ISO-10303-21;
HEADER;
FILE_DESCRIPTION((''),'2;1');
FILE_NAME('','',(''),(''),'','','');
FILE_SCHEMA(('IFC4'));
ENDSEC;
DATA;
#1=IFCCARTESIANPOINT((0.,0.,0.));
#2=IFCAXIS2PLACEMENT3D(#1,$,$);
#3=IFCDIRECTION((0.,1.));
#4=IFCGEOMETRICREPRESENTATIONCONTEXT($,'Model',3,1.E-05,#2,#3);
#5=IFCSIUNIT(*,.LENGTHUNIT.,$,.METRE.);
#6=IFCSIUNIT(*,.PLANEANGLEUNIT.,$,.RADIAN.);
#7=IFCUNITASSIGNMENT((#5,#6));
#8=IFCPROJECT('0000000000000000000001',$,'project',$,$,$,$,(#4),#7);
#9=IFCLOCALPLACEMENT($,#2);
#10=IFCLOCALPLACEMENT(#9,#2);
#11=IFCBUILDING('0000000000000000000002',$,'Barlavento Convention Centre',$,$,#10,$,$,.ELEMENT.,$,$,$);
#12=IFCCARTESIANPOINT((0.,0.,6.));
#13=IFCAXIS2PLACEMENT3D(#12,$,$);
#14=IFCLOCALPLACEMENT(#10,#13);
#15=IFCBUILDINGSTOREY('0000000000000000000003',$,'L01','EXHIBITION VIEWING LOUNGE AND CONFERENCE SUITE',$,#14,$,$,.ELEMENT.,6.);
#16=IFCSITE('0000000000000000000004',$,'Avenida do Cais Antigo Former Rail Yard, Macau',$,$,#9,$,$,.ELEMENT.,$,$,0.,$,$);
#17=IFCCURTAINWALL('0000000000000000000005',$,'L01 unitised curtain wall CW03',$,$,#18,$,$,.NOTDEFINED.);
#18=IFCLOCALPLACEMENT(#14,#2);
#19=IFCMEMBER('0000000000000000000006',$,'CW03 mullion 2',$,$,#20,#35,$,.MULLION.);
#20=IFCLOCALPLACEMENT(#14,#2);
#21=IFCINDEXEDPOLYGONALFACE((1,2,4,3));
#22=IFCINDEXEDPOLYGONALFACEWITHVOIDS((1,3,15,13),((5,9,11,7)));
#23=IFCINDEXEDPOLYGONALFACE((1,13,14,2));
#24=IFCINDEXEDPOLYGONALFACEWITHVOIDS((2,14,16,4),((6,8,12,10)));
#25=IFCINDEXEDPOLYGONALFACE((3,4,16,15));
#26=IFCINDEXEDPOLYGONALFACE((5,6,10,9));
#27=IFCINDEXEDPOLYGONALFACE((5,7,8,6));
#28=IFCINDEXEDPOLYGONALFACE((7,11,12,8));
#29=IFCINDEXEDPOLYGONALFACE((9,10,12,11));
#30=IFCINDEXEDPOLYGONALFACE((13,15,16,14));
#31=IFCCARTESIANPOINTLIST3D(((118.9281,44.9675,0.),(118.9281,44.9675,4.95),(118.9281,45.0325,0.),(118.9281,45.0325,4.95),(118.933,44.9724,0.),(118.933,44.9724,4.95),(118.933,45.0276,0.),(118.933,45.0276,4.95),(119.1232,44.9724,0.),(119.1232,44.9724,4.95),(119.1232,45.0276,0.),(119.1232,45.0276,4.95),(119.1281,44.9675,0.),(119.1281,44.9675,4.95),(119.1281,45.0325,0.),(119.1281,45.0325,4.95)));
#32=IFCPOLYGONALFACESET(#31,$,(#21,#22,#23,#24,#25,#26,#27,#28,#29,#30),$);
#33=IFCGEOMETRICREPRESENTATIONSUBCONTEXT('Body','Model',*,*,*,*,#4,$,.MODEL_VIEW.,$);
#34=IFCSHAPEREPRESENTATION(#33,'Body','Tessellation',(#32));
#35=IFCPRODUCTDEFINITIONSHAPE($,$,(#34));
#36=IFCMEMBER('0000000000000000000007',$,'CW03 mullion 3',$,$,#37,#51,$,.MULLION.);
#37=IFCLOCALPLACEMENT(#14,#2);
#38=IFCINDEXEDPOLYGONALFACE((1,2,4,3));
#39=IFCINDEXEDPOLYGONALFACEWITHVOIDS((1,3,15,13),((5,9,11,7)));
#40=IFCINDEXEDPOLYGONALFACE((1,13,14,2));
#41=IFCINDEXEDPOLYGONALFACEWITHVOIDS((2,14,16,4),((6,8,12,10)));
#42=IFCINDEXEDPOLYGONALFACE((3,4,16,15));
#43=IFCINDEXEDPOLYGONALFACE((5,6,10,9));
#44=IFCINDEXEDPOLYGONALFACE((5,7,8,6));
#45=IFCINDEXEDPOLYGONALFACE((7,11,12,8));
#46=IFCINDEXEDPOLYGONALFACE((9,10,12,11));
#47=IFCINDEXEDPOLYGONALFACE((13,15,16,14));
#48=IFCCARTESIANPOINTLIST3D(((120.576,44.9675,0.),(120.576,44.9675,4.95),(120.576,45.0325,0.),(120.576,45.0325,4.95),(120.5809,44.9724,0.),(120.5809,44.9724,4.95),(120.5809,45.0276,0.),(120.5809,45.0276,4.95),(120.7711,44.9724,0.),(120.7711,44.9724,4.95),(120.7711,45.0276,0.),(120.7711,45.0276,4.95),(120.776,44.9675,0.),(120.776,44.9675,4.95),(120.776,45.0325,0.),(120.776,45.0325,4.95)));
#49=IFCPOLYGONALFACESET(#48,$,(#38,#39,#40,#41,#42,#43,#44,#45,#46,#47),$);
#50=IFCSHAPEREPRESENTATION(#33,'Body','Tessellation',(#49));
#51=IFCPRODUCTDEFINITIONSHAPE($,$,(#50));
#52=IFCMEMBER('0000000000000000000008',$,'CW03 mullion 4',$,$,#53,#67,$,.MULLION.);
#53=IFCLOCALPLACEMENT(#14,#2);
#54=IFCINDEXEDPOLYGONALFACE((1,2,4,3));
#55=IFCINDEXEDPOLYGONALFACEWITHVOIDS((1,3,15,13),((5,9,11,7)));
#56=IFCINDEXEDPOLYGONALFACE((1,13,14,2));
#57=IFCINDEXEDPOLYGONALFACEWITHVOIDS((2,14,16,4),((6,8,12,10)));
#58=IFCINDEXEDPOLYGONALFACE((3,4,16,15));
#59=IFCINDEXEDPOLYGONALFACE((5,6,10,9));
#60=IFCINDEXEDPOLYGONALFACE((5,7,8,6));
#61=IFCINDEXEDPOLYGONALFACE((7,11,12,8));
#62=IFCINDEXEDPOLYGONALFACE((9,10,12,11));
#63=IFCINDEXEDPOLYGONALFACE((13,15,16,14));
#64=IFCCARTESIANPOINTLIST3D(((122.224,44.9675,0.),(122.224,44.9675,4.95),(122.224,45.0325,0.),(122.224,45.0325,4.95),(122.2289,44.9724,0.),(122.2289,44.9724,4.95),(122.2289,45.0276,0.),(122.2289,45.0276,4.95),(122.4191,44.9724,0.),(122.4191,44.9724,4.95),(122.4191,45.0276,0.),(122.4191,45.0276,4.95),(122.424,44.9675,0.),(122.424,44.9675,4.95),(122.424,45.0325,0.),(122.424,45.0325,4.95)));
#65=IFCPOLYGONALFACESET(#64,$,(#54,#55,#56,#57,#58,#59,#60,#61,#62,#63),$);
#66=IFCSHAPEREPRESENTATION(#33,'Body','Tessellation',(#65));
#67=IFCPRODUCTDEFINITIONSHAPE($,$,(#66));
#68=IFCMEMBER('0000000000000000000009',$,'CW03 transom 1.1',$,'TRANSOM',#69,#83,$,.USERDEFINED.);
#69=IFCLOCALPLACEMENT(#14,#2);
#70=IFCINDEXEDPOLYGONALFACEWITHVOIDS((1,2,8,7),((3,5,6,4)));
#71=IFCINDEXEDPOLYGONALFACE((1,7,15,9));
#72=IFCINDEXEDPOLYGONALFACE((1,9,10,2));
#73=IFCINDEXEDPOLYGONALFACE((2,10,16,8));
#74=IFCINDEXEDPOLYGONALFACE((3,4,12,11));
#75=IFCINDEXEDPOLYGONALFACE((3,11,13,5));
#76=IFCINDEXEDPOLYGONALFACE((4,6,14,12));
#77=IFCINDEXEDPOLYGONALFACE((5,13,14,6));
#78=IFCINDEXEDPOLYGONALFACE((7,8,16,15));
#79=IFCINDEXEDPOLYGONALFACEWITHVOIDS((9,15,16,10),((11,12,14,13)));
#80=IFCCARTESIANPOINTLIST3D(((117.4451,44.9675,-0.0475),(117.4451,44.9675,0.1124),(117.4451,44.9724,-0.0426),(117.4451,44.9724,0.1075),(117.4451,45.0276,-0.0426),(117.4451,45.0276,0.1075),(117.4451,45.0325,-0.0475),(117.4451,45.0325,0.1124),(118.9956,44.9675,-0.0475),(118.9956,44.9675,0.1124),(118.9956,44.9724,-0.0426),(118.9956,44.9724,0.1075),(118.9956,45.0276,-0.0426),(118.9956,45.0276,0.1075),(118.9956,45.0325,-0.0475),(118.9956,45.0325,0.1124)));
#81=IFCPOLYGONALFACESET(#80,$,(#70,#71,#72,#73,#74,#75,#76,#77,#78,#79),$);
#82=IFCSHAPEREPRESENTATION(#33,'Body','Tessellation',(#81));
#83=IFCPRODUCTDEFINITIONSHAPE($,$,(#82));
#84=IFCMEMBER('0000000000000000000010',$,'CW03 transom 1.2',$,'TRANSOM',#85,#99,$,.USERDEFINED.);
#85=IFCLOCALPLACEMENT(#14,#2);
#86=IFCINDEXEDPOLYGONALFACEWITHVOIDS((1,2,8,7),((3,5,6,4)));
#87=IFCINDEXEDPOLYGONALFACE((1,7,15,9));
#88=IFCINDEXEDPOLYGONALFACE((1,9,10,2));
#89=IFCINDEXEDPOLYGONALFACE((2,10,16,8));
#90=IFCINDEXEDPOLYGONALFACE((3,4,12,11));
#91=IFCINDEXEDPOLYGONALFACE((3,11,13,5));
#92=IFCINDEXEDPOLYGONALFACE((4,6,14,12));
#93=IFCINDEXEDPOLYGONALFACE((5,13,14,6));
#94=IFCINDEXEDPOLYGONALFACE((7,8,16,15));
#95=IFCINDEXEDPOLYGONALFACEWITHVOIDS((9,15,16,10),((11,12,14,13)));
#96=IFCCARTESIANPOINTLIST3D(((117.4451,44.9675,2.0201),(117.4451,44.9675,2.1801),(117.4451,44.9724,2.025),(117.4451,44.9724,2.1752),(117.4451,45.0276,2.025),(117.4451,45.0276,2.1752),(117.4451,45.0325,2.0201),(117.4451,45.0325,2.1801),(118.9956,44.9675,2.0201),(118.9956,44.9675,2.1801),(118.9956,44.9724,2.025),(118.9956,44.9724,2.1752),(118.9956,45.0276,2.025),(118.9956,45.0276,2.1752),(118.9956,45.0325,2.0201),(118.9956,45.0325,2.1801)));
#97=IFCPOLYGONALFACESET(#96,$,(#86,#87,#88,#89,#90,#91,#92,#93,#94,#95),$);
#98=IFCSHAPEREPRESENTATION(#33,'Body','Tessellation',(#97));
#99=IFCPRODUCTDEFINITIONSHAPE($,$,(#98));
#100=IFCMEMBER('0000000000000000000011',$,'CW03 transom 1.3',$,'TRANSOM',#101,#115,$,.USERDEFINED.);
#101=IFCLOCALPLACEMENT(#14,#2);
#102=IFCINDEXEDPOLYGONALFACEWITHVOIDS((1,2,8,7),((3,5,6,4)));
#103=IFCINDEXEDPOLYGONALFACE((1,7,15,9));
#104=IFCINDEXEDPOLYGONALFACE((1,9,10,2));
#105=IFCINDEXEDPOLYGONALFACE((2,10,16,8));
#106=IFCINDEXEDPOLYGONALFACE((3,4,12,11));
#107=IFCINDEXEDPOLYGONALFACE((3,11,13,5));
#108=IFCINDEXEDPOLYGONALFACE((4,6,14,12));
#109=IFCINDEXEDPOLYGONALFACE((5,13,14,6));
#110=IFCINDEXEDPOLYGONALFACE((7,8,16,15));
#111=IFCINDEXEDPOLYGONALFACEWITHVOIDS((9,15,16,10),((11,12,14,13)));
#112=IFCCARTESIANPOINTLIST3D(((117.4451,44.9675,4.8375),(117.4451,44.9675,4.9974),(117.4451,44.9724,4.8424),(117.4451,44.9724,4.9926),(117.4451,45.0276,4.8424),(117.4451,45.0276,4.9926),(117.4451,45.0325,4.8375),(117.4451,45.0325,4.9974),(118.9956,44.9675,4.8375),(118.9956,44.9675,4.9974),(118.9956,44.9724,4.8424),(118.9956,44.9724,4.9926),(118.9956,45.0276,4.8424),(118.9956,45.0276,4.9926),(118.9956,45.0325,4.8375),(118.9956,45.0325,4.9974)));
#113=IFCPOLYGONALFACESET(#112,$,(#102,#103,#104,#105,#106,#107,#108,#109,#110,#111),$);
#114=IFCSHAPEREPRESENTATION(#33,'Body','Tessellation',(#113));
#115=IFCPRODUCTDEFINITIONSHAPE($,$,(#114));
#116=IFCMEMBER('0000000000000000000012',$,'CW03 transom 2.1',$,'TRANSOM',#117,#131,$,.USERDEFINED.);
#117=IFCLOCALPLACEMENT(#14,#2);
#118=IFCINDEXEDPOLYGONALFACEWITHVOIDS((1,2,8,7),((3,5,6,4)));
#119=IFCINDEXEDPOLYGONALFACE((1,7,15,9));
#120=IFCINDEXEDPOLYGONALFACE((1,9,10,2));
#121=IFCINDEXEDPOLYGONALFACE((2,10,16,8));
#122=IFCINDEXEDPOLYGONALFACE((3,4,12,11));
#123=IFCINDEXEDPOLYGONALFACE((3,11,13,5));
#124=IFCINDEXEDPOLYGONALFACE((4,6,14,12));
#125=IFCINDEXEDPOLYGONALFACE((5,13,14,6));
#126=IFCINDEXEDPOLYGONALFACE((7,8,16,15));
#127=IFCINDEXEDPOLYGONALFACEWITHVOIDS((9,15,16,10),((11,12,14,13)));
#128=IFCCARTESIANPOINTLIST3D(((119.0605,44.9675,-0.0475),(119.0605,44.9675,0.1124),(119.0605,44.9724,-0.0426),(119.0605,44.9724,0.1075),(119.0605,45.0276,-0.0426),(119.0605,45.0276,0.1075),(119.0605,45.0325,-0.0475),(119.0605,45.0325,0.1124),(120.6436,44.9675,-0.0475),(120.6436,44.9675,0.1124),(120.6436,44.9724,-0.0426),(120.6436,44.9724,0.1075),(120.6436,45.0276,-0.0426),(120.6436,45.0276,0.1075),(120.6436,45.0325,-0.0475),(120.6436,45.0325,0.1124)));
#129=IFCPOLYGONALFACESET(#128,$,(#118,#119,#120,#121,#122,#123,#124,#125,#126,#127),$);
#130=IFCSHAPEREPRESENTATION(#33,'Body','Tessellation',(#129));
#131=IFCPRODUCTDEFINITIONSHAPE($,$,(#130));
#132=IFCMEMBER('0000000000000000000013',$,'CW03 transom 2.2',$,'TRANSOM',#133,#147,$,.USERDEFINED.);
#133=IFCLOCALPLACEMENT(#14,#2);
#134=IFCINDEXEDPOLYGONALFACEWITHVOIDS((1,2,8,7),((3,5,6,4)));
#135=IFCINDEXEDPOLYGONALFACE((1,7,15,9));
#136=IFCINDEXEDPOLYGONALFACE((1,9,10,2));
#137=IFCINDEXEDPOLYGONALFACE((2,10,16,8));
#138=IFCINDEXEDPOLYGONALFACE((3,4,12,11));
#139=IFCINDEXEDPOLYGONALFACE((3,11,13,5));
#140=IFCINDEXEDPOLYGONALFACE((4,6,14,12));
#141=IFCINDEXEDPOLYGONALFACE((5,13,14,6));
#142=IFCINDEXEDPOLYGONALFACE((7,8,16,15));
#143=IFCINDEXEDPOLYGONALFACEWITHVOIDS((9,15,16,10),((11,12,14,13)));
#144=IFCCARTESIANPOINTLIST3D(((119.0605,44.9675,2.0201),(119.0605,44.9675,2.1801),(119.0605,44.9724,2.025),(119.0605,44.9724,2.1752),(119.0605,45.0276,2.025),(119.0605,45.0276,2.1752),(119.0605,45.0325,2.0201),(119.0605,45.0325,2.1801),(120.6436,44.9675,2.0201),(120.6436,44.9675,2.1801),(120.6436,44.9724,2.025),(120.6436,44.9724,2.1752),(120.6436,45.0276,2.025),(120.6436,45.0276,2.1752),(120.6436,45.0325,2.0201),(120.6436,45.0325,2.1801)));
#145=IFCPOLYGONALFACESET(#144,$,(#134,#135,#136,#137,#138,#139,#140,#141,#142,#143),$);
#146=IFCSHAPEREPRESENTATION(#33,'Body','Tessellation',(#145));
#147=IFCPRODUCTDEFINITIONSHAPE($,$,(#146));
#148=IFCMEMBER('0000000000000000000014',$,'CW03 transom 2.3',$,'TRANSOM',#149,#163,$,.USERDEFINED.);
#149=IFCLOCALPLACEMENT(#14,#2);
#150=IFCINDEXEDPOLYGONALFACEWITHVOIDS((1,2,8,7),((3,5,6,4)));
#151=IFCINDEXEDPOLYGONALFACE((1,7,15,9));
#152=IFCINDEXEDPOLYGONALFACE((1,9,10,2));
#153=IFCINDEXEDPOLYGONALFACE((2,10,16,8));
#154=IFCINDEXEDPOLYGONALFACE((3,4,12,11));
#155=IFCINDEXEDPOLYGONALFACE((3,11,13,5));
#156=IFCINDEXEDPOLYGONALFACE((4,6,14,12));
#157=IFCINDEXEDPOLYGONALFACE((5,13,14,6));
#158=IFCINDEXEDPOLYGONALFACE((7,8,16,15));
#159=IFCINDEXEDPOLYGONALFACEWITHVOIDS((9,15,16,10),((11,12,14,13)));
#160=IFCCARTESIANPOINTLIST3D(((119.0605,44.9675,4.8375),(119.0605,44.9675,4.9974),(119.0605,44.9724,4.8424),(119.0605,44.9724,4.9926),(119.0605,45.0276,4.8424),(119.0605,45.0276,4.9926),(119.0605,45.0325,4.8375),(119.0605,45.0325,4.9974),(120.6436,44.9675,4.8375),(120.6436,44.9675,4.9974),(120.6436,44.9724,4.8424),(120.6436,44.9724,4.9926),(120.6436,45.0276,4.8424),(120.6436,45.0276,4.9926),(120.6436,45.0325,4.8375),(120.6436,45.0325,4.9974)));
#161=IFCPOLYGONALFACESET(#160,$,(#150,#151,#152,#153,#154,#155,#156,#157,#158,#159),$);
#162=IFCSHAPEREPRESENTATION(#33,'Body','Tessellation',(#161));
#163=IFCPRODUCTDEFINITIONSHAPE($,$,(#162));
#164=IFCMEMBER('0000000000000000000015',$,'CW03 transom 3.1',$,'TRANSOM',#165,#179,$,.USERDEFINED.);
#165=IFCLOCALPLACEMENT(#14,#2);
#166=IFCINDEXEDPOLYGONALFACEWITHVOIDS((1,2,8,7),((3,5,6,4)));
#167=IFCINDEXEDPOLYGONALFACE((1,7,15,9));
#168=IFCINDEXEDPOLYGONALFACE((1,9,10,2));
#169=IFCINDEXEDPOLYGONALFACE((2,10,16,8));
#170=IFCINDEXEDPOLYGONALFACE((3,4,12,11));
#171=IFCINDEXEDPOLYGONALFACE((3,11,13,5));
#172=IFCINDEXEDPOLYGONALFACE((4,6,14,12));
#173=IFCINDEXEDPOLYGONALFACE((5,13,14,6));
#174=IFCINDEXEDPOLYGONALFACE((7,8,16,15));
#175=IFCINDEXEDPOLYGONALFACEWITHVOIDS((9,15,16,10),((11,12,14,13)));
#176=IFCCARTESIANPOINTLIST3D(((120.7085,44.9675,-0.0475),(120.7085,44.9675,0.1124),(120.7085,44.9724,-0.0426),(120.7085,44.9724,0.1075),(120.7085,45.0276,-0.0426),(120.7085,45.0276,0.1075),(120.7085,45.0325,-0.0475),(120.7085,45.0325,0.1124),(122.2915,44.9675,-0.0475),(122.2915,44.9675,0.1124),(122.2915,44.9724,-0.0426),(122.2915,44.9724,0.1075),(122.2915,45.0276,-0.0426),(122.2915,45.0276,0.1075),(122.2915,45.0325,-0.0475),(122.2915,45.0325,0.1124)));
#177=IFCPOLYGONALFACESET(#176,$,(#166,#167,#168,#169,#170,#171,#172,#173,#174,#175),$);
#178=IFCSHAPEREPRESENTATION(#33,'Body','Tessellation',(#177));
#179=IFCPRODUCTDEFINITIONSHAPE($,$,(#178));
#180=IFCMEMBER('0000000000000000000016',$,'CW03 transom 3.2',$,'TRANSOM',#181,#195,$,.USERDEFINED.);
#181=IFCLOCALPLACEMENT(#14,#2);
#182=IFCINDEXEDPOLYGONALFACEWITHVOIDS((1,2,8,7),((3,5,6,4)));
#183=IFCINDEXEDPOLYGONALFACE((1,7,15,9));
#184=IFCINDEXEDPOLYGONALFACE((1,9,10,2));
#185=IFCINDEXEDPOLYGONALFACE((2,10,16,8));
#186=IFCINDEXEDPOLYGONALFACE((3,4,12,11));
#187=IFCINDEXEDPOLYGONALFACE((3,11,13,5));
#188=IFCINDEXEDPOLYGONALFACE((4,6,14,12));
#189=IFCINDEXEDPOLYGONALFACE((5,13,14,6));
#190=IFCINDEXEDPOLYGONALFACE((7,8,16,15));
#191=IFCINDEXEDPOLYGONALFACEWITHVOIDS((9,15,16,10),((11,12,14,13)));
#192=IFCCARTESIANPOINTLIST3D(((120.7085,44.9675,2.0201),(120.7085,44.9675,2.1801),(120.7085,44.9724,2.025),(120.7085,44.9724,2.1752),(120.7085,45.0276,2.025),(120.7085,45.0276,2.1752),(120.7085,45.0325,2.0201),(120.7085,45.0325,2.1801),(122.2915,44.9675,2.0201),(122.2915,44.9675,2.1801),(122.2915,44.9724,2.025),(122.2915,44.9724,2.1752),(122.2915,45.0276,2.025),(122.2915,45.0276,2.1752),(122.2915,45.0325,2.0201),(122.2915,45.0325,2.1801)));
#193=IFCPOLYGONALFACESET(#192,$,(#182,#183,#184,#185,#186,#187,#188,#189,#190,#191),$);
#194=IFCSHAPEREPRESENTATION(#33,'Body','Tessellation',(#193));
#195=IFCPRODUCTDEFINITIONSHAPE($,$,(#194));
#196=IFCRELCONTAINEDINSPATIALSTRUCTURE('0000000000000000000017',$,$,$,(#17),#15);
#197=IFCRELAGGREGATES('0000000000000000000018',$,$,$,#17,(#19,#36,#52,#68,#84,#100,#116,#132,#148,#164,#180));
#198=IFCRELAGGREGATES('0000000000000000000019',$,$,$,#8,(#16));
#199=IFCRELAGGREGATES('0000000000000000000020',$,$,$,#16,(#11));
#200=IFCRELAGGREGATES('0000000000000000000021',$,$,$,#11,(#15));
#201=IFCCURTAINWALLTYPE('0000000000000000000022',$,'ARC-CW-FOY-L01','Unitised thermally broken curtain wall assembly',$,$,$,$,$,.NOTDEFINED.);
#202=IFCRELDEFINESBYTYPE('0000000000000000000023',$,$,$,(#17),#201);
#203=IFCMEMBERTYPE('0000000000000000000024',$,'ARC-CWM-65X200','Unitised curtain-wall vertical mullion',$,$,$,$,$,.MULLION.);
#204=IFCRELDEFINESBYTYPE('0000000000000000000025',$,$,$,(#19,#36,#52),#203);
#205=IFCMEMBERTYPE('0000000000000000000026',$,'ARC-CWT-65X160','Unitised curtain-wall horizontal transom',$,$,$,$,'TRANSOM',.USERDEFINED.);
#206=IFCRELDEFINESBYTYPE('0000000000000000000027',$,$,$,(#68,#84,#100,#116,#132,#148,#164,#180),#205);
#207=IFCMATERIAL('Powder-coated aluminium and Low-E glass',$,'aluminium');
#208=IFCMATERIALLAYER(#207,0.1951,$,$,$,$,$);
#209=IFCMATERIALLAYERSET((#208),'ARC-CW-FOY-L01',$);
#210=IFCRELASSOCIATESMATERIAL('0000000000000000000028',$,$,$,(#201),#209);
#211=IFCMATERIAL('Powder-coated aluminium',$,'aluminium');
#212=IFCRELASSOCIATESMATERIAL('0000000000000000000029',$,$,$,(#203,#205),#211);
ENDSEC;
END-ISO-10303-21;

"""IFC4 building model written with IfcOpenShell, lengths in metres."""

from ifc_helpers import new_model, si_unit, direction, frame, origin, origin_2d, place, context, subcontext, project, spatial, hollow_rectangle, extrude, material, layer, layer_set, material_profile, profile_set, type_object, element, aggregate, save


model = new_model("IFC4")

# Units and contexts
model_context = context("Model", 3, precision=1e-05, world=origin(), true_north=direction((0.0, 1.0)))
body_context = subcontext(model_context, "Body", "Model", "MODEL_VIEW")
ifc_project = project(units=[si_unit("LENGTHUNIT", "METRE"), si_unit("PLANEANGLEUNIT", "RADIAN")], contexts=[model_context])

# Site, building, storey
site_placement = place(None, origin())
site = spatial("IfcSite", under=ifc_project, at=site_placement, Name="Avenida do Cais Antigo Former Rail Yard, Macau", CompositionType="ELEMENT", RefElevation=0.0)
building_placement = place(site_placement, origin())
building = spatial("IfcBuilding", under=site, at=building_placement, Name="Barlavento Convention Centre", CompositionType="ELEMENT")
storey_placement = place(building_placement, frame((0.0, 0.0, 6.0)))
storey = spatial("IfcBuildingStorey", under=building, at=storey_placement, Name="L01", Description="EXHIBITION VIEWING LOUNGE AND CONFERENCE SUITE", CompositionType="ELEMENT", Elevation=6.0)

# Curtain wall, members
ifc_material_1 = material(Name="Powder-coated aluminium and Low-E glass", Category="aluminium")
ifc_layer_1 = layer(ifc_material_1, 0.1951)
ifc_layer_set_1 = layer_set([ifc_layer_1], Name="ARC-CW-FOY-L01")
curtain_wall_type = type_object("IfcCurtainWallType", Name="ARC-CW-FOY-L01", Description="Unitised thermally broken curtain wall assembly", PredefinedType="NOTDEFINED", material=ifc_layer_set_1)
curtain_wall_placement = place(storey_placement, origin())
curtain_wall = element("IfcCurtainWall", 1, at=curtain_wall_placement, inside=storey, type_object=curtain_wall_type, Name="L01 unitised curtain wall CW03", PredefinedType="NOTDEFINED")
ifc_material_2 = material(Name="Powder-coated aluminium", Category="aluminium")
ifc_material_profile_1 = material_profile(ifc_material_2, hollow_rectangle(XDim=0.0649, YDim=0.2, WallThickness=0.0049, at=origin_2d()), Name="AL-MULL 65x200x5")
ifc_profile_set_1 = profile_set([ifc_material_profile_1], Name="Powder-coated aluminium")
member_type_1 = type_object("IfcMemberType", Name="ARC-CWM-65X200", Description="Unitised curtain-wall vertical mullion", PredefinedType="MULLION", material=ifc_profile_set_1)
member_1_placement = place(storey_placement, frame((119.0281, 45.0, 0.0), z_axis=(0.0, 0.0, 1.0), x_axis=(0.0, 1.0, 0.0)))
member_1 = element("IfcMember", 2, at=member_1_placement, type_object=member_type_1, Name="CW03 mullion 2", PredefinedType="MULLION", context=body_context, shape_type="SweptSolid", body=[
    extrude(hollow_rectangle(XDim=0.0649, YDim=0.2, WallThickness=0.0049, at=origin_2d()), origin(), (0.0, 0.0, 1.0), 4.95),
])
member_2_placement = place(storey_placement, frame((120.676, 45.0, 0.0), z_axis=(0.0, 0.0, 1.0), x_axis=(0.0, 1.0, 0.0)))
member_2 = element("IfcMember", 3, at=member_2_placement, type_object=member_type_1, Name="CW03 mullion 3", PredefinedType="MULLION", context=body_context, shape_type="SweptSolid", body=[
    extrude(hollow_rectangle(XDim=0.0649, YDim=0.2, WallThickness=0.0049, at=origin_2d()), origin(), (0.0, 0.0, 1.0), 4.95),
])
member_3_placement = place(storey_placement, frame((122.324, 45.0, 0.0), z_axis=(0.0, 0.0, 1.0), x_axis=(0.0, 1.0, 0.0)))
member_3 = element("IfcMember", 4, at=member_3_placement, type_object=member_type_1, Name="CW03 mullion 4", PredefinedType="MULLION", context=body_context, shape_type="SweptSolid", body=[
    extrude(hollow_rectangle(XDim=0.0649, YDim=0.2, WallThickness=0.0049, at=origin_2d()), origin(), (0.0, 0.0, 1.0), 4.95),
])
ifc_material_profile_2 = material_profile(ifc_material_2, hollow_rectangle(XDim=0.0649, YDim=0.1599, WallThickness=0.0049, at=origin_2d()), Name="AL-TRAN 65x160x5")
ifc_profile_set_2 = profile_set([ifc_material_profile_2], Name="Powder-coated aluminium")
member_type_2 = type_object("IfcMemberType", Name="ARC-CWT-65X160", Description="Unitised curtain-wall horizontal transom", ElementType="TRANSOM", PredefinedType="USERDEFINED", material=ifc_profile_set_2)
member_4_placement = place(storey_placement, frame((117.4451, 45.0, 0.0325), z_axis=(1.0, 0.0, 0.0), x_axis=(0.0, 1.0, 0.0)))
member_4 = element("IfcMember", 5, at=member_4_placement, type_object=member_type_2, Name="CW03 transom 1.1", ObjectType="TRANSOM", PredefinedType="USERDEFINED", context=body_context, shape_type="SweptSolid", body=[
    extrude(hollow_rectangle(XDim=0.0649, YDim=0.1599, WallThickness=0.0049, at=origin_2d()), origin(), (0.0, 0.0, 1.0), 1.5505),
])
member_5_placement = place(storey_placement, frame((117.4451, 45.0, 2.1001), z_axis=(1.0, 0.0, 0.0), x_axis=(0.0, 1.0, 0.0)))
member_5 = element("IfcMember", 6, at=member_5_placement, type_object=member_type_2, Name="CW03 transom 1.2", ObjectType="TRANSOM", PredefinedType="USERDEFINED", context=body_context, shape_type="SweptSolid", body=[
    extrude(hollow_rectangle(XDim=0.0649, YDim=0.1599, WallThickness=0.0049, at=origin_2d()), origin(), (0.0, 0.0, 1.0), 1.5505),
])
member_6_placement = place(storey_placement, frame((117.4451, 45.0, 4.9175), z_axis=(1.0, 0.0, 0.0), x_axis=(0.0, 1.0, 0.0)))
member_6 = element("IfcMember", 7, at=member_6_placement, type_object=member_type_2, Name="CW03 transom 1.3", ObjectType="TRANSOM", PredefinedType="USERDEFINED", context=body_context, shape_type="SweptSolid", body=[
    extrude(hollow_rectangle(XDim=0.0649, YDim=0.1599, WallThickness=0.0049, at=origin_2d()), origin(), (0.0, 0.0, 1.0), 1.5505),
])
member_7_placement = place(storey_placement, frame((119.0605, 45.0, 0.0325), z_axis=(1.0, 0.0, 0.0), x_axis=(0.0, 1.0, 0.0)))
member_7 = element("IfcMember", 8, at=member_7_placement, type_object=member_type_2, Name="CW03 transom 2.1", ObjectType="TRANSOM", PredefinedType="USERDEFINED", context=body_context, shape_type="SweptSolid", body=[
    extrude(hollow_rectangle(XDim=0.0649, YDim=0.1599, WallThickness=0.0049, at=origin_2d()), origin(), (0.0, 0.0, 1.0), 1.583),
])
member_8_placement = place(storey_placement, frame((119.0605, 45.0, 2.1001), z_axis=(1.0, 0.0, 0.0), x_axis=(0.0, 1.0, 0.0)))
member_8 = element("IfcMember", 9, at=member_8_placement, type_object=member_type_2, Name="CW03 transom 2.2", ObjectType="TRANSOM", PredefinedType="USERDEFINED", context=body_context, shape_type="SweptSolid", body=[
    extrude(hollow_rectangle(XDim=0.0649, YDim=0.1599, WallThickness=0.0049, at=origin_2d()), origin(), (0.0, 0.0, 1.0), 1.583),
])
member_9_placement = place(storey_placement, frame((119.0605, 45.0, 4.9175), z_axis=(1.0, 0.0, 0.0), x_axis=(0.0, 1.0, 0.0)))
member_9 = element("IfcMember", 10, at=member_9_placement, type_object=member_type_2, Name="CW03 transom 2.3", ObjectType="TRANSOM", PredefinedType="USERDEFINED", context=body_context, shape_type="SweptSolid", body=[
    extrude(hollow_rectangle(XDim=0.0649, YDim=0.1599, WallThickness=0.0049, at=origin_2d()), origin(), (0.0, 0.0, 1.0), 1.583),
])
member_10_placement = place(storey_placement, frame((120.7085, 45.0, 0.0325), z_axis=(1.0, 0.0, 0.0), x_axis=(0.0, 1.0, 0.0)))
member_10 = element("IfcMember", 11, at=member_10_placement, type_object=member_type_2, Name="CW03 transom 3.1", ObjectType="TRANSOM", PredefinedType="USERDEFINED", context=body_context, shape_type="SweptSolid", body=[
    extrude(hollow_rectangle(XDim=0.0649, YDim=0.1599, WallThickness=0.0049, at=origin_2d()), origin(), (0.0, 0.0, 1.0), 1.583),
])
member_11_placement = place(storey_placement, frame((120.7085, 45.0, 2.1001), z_axis=(1.0, 0.0, 0.0), x_axis=(0.0, 1.0, 0.0)))
member_11 = element("IfcMember", 12, at=member_11_placement, type_object=member_type_2, Name="CW03 transom 3.2", ObjectType="TRANSOM", PredefinedType="USERDEFINED", context=body_context, shape_type="SweptSolid", body=[
    extrude(hollow_rectangle(XDim=0.0649, YDim=0.1599, WallThickness=0.0049, at=origin_2d()), origin(), (0.0, 0.0, 1.0), 1.583),
])
aggregate(curtain_wall, [member_1, member_2, member_3, member_4, member_5, member_6, member_7, member_8, member_9, member_10, member_11])

save(model, "model.ifc")
